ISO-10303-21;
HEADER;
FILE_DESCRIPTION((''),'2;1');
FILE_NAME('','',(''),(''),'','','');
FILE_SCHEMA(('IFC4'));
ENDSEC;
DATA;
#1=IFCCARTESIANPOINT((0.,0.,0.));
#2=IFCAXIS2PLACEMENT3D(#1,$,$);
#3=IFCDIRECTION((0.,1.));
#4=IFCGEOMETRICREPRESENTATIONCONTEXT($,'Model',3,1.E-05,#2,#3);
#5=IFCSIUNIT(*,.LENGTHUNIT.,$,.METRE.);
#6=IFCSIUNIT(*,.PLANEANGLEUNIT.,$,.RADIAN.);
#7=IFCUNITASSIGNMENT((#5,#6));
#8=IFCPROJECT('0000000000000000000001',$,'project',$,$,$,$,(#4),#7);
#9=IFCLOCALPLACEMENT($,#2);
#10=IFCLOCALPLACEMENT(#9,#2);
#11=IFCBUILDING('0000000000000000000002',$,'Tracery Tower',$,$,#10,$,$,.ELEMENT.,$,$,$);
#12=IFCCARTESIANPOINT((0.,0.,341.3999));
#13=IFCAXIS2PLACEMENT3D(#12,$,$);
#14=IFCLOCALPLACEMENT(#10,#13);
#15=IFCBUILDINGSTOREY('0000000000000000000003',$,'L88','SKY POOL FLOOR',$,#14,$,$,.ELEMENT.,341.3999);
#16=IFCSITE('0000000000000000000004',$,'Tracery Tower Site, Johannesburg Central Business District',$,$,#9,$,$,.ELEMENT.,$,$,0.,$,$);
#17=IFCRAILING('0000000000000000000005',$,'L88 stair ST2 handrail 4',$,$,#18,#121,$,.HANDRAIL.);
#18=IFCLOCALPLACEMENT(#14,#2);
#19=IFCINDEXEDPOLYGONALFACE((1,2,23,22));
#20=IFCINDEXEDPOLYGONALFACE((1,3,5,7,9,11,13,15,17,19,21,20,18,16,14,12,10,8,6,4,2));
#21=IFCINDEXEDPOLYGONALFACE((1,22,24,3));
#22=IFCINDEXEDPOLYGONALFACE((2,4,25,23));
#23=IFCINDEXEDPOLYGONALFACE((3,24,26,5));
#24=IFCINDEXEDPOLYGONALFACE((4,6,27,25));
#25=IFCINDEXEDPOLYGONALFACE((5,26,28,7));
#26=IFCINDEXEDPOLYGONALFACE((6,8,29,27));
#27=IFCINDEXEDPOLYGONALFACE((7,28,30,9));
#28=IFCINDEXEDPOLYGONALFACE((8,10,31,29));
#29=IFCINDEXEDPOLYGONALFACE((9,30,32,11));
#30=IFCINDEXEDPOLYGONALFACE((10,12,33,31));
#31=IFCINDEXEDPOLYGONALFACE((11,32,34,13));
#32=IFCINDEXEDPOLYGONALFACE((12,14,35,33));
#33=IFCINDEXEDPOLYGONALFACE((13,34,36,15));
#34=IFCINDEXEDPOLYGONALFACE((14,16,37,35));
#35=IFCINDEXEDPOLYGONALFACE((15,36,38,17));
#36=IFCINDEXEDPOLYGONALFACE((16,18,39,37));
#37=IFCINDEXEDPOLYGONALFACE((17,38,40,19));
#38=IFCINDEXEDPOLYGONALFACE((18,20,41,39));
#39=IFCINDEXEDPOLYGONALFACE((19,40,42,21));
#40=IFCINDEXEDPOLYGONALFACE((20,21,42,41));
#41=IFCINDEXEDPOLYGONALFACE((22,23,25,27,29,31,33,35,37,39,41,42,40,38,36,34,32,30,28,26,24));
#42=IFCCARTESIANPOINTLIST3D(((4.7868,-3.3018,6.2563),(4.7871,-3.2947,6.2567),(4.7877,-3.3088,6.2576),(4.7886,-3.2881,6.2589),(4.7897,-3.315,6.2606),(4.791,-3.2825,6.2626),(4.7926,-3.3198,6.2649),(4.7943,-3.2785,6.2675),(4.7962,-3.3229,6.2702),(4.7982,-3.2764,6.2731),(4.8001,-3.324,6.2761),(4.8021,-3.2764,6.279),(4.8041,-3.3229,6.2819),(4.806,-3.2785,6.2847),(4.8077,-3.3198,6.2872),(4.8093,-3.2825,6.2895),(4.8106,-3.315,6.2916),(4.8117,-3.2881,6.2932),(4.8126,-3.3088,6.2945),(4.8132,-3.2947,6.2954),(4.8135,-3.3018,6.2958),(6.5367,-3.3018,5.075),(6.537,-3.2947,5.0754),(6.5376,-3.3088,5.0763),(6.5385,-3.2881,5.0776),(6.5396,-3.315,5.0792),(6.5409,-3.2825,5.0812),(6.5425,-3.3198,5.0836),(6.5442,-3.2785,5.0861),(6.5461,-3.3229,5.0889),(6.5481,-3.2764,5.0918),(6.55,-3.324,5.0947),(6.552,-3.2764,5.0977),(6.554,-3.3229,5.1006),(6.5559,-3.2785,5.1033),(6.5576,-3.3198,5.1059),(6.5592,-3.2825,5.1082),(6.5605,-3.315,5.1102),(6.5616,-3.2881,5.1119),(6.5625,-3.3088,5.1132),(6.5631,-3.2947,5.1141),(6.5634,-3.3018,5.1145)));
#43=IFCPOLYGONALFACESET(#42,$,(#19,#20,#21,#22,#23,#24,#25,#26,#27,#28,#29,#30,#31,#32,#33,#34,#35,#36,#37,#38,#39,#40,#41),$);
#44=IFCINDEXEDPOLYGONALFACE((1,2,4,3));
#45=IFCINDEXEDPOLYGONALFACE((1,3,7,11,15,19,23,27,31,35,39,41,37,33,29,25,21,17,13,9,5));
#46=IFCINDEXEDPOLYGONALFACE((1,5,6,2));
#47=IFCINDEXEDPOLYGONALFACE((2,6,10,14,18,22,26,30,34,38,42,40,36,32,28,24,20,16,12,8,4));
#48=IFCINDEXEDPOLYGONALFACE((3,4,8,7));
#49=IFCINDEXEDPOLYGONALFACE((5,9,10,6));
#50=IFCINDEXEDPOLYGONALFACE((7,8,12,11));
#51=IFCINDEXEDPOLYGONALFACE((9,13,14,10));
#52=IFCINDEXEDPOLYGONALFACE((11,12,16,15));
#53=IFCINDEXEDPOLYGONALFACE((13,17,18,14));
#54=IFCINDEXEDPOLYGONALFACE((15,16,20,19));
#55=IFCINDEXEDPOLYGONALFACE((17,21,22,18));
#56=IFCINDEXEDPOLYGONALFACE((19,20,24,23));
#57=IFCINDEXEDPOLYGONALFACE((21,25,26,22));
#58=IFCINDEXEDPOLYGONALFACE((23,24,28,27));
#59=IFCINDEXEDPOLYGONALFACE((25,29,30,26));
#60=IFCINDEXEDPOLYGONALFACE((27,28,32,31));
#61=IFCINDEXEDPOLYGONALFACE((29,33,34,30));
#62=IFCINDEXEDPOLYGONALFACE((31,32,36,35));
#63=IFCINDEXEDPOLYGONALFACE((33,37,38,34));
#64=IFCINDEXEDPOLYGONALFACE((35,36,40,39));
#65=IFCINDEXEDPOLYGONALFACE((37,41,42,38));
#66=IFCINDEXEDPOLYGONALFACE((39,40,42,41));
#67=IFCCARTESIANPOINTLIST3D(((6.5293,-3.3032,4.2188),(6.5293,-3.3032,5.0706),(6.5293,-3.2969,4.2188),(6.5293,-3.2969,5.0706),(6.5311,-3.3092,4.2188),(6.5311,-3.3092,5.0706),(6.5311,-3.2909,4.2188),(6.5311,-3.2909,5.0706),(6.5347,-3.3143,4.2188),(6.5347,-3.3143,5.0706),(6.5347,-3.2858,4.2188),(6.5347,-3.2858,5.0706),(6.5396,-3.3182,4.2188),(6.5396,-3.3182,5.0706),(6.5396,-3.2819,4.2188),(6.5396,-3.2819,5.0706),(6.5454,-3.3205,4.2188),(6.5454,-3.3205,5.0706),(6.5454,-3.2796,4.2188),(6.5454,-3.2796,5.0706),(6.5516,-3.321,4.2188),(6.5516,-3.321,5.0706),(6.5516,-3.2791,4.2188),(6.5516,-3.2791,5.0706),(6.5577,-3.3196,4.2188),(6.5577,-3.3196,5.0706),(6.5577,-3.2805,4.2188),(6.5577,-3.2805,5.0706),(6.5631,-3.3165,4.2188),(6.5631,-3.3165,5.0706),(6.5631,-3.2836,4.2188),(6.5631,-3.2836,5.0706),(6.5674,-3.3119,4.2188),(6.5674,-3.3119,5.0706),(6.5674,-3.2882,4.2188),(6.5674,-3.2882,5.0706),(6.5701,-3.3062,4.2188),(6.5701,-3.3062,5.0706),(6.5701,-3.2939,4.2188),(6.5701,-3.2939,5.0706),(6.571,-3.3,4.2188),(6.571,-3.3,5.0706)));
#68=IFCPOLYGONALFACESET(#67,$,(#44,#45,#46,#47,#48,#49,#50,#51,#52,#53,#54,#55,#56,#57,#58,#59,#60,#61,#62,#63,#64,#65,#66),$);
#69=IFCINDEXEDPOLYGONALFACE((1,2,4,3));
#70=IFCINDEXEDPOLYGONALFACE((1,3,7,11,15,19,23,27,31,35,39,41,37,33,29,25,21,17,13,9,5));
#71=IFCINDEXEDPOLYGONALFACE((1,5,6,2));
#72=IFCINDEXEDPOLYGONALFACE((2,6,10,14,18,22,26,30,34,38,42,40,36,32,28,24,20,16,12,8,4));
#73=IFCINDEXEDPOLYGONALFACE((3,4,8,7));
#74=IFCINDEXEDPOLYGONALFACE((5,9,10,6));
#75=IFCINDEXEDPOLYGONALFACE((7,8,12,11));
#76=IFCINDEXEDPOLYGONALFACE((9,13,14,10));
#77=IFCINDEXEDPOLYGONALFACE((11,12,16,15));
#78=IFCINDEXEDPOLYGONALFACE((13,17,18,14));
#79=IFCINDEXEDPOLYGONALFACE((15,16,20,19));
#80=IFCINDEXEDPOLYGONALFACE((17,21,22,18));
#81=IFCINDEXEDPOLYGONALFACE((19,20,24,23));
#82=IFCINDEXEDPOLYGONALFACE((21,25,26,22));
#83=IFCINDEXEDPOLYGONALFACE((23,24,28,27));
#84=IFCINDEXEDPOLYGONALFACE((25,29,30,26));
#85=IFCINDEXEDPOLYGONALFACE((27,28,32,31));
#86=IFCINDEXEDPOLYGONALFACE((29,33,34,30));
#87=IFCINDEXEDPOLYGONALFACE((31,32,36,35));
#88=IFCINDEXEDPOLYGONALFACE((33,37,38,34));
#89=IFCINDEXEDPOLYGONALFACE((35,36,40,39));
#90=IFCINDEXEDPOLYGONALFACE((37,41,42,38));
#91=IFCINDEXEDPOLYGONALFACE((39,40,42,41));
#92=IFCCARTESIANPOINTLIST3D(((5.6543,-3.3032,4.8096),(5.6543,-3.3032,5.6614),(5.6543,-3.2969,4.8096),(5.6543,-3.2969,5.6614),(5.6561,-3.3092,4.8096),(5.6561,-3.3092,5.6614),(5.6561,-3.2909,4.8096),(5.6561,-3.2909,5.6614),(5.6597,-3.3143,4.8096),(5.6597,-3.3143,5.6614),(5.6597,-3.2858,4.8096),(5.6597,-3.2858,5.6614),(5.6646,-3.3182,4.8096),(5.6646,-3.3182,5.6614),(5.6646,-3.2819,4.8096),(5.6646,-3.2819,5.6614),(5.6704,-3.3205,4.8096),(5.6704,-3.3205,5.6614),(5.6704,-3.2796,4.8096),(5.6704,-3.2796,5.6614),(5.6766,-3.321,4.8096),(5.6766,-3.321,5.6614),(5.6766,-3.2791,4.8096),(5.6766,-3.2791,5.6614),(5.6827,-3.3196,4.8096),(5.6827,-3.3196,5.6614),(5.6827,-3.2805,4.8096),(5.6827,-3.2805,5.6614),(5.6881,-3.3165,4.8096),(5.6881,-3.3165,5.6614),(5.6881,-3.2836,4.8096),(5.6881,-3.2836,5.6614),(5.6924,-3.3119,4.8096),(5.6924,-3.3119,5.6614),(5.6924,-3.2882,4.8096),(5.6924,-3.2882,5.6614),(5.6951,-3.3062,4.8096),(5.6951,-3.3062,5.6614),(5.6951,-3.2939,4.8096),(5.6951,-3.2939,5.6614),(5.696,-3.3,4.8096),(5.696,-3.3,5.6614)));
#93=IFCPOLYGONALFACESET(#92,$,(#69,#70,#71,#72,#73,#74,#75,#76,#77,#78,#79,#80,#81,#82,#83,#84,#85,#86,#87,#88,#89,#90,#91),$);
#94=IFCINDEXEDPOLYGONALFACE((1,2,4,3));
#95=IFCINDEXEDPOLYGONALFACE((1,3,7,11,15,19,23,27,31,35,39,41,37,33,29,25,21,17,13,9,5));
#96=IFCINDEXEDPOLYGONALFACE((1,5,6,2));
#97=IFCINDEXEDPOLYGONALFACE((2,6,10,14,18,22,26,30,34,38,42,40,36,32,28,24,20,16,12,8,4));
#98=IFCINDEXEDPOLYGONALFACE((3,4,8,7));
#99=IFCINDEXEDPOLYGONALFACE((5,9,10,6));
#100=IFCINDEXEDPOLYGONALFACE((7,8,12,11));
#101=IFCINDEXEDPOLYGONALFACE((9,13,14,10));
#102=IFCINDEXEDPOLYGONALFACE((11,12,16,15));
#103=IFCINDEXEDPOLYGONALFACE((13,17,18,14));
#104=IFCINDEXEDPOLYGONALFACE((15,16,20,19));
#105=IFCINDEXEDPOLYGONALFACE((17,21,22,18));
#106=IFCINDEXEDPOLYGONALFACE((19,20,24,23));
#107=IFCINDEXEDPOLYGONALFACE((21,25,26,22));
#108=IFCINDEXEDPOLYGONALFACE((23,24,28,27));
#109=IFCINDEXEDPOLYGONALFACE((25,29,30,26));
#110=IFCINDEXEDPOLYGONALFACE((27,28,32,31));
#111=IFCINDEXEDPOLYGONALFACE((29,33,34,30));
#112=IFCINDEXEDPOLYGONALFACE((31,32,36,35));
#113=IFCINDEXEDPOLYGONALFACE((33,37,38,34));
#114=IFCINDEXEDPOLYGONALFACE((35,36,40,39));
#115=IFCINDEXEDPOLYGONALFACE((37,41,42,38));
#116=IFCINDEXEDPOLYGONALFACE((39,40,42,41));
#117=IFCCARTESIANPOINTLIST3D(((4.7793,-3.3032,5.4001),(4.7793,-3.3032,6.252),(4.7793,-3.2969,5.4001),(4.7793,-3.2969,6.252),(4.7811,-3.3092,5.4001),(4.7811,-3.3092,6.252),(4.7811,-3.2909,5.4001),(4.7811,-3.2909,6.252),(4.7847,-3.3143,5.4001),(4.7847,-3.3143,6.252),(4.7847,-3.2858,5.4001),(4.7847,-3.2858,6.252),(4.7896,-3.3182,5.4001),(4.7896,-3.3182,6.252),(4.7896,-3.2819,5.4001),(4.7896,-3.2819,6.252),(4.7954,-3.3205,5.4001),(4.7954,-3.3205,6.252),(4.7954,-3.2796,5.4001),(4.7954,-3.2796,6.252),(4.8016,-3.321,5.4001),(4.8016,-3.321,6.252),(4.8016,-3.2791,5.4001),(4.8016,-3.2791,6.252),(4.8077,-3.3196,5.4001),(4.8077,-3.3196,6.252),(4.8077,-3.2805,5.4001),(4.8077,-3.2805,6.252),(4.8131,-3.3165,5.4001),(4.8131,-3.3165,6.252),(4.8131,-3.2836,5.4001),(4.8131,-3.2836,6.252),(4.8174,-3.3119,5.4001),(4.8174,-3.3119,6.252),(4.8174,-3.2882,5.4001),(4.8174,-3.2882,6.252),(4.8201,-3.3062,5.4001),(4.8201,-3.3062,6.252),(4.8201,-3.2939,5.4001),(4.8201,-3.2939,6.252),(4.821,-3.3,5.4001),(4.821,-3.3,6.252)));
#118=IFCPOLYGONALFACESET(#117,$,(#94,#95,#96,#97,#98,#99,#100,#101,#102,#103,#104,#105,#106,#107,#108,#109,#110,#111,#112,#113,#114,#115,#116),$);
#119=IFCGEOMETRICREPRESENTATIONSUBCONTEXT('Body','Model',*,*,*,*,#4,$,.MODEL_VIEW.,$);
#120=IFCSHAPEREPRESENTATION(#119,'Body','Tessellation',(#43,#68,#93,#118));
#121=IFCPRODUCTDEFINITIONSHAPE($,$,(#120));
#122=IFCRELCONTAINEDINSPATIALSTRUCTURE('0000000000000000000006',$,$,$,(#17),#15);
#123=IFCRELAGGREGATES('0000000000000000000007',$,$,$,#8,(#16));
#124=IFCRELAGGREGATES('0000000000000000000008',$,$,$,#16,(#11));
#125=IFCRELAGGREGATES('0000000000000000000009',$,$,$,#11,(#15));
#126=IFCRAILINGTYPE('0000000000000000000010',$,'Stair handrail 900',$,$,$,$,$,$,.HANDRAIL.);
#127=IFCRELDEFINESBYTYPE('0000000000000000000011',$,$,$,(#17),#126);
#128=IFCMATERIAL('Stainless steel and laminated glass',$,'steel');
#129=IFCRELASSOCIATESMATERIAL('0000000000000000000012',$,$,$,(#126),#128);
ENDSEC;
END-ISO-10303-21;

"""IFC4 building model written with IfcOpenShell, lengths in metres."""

from ifc_helpers import new_model, si_unit, direction, frame, origin, origin_2d, place, context, subcontext, project, spatial, circle, extrude, material, type_object, element, save


model = new_model("IFC4")

# Units and contexts
model_context = context("Model", 3, precision=1e-05, world=origin(), true_north=direction((0.0, 1.0)))
body_context = subcontext(model_context, "Body", "Model", "MODEL_VIEW")
ifc_project = project(units=[si_unit("LENGTHUNIT", "METRE"), si_unit("PLANEANGLEUNIT", "RADIAN")], contexts=[model_context])

# Site, building, storey
site_placement = place(None, origin())
site = spatial("IfcSite", under=ifc_project, at=site_placement, Name="Tracery Tower Site, Johannesburg Central Business District", CompositionType="ELEMENT", RefElevation=0.0)
building_placement = place(site_placement, origin())
building = spatial("IfcBuilding", under=site, at=building_placement, Name="Tracery Tower", CompositionType="ELEMENT")
storey_placement = place(building_placement, frame((0.0, 0.0, 341.3999)))
storey = spatial("IfcBuildingStorey", under=building, at=storey_placement, Name="L88", Description="SKY POOL FLOOR", CompositionType="ELEMENT", Elevation=341.3999)

# Railing
ifc_material_1 = material(Name="Stainless steel and laminated glass", Category="steel")
railing_type_1 = type_object("IfcRailingType", Name="Stair handrail 900", PredefinedType="HANDRAIL", material=ifc_material_1)
railing_1_placement = place(storey_placement, frame((6.55, -3.3, 4.2188)))
element("IfcRailing", 1, at=railing_1_placement, inside=storey, type_object=railing_type_1, Name="L88 stair ST2 handrail 4", PredefinedType="HANDRAIL", context=body_context, shape_type="SweptSolid", body=[
    extrude(circle(Radius=0.0239, at=origin_2d()), frame((0.0, 0.0, 0.876), z_axis=(-0.828817, 0.0, 0.559521), x_axis=(0.0, -1.0, 0.0)), (0.0, 0.0, 1.0), 2.1113),
    extrude(circle(Radius=0.021, at=origin_2d()), origin(), (0.0, 0.0, 1.0), 0.8518),
    extrude(circle(Radius=0.021, at=origin_2d()), frame((-0.875, 0.0, 0.5908)), (0.0, 0.0, 1.0), 0.8518),
    extrude(circle(Radius=0.021, at=origin_2d()), frame((-1.75, 0.0, 1.1814)), (0.0, 0.0, 1.0), 0.8518),
])

save(model, "model.ifc")
